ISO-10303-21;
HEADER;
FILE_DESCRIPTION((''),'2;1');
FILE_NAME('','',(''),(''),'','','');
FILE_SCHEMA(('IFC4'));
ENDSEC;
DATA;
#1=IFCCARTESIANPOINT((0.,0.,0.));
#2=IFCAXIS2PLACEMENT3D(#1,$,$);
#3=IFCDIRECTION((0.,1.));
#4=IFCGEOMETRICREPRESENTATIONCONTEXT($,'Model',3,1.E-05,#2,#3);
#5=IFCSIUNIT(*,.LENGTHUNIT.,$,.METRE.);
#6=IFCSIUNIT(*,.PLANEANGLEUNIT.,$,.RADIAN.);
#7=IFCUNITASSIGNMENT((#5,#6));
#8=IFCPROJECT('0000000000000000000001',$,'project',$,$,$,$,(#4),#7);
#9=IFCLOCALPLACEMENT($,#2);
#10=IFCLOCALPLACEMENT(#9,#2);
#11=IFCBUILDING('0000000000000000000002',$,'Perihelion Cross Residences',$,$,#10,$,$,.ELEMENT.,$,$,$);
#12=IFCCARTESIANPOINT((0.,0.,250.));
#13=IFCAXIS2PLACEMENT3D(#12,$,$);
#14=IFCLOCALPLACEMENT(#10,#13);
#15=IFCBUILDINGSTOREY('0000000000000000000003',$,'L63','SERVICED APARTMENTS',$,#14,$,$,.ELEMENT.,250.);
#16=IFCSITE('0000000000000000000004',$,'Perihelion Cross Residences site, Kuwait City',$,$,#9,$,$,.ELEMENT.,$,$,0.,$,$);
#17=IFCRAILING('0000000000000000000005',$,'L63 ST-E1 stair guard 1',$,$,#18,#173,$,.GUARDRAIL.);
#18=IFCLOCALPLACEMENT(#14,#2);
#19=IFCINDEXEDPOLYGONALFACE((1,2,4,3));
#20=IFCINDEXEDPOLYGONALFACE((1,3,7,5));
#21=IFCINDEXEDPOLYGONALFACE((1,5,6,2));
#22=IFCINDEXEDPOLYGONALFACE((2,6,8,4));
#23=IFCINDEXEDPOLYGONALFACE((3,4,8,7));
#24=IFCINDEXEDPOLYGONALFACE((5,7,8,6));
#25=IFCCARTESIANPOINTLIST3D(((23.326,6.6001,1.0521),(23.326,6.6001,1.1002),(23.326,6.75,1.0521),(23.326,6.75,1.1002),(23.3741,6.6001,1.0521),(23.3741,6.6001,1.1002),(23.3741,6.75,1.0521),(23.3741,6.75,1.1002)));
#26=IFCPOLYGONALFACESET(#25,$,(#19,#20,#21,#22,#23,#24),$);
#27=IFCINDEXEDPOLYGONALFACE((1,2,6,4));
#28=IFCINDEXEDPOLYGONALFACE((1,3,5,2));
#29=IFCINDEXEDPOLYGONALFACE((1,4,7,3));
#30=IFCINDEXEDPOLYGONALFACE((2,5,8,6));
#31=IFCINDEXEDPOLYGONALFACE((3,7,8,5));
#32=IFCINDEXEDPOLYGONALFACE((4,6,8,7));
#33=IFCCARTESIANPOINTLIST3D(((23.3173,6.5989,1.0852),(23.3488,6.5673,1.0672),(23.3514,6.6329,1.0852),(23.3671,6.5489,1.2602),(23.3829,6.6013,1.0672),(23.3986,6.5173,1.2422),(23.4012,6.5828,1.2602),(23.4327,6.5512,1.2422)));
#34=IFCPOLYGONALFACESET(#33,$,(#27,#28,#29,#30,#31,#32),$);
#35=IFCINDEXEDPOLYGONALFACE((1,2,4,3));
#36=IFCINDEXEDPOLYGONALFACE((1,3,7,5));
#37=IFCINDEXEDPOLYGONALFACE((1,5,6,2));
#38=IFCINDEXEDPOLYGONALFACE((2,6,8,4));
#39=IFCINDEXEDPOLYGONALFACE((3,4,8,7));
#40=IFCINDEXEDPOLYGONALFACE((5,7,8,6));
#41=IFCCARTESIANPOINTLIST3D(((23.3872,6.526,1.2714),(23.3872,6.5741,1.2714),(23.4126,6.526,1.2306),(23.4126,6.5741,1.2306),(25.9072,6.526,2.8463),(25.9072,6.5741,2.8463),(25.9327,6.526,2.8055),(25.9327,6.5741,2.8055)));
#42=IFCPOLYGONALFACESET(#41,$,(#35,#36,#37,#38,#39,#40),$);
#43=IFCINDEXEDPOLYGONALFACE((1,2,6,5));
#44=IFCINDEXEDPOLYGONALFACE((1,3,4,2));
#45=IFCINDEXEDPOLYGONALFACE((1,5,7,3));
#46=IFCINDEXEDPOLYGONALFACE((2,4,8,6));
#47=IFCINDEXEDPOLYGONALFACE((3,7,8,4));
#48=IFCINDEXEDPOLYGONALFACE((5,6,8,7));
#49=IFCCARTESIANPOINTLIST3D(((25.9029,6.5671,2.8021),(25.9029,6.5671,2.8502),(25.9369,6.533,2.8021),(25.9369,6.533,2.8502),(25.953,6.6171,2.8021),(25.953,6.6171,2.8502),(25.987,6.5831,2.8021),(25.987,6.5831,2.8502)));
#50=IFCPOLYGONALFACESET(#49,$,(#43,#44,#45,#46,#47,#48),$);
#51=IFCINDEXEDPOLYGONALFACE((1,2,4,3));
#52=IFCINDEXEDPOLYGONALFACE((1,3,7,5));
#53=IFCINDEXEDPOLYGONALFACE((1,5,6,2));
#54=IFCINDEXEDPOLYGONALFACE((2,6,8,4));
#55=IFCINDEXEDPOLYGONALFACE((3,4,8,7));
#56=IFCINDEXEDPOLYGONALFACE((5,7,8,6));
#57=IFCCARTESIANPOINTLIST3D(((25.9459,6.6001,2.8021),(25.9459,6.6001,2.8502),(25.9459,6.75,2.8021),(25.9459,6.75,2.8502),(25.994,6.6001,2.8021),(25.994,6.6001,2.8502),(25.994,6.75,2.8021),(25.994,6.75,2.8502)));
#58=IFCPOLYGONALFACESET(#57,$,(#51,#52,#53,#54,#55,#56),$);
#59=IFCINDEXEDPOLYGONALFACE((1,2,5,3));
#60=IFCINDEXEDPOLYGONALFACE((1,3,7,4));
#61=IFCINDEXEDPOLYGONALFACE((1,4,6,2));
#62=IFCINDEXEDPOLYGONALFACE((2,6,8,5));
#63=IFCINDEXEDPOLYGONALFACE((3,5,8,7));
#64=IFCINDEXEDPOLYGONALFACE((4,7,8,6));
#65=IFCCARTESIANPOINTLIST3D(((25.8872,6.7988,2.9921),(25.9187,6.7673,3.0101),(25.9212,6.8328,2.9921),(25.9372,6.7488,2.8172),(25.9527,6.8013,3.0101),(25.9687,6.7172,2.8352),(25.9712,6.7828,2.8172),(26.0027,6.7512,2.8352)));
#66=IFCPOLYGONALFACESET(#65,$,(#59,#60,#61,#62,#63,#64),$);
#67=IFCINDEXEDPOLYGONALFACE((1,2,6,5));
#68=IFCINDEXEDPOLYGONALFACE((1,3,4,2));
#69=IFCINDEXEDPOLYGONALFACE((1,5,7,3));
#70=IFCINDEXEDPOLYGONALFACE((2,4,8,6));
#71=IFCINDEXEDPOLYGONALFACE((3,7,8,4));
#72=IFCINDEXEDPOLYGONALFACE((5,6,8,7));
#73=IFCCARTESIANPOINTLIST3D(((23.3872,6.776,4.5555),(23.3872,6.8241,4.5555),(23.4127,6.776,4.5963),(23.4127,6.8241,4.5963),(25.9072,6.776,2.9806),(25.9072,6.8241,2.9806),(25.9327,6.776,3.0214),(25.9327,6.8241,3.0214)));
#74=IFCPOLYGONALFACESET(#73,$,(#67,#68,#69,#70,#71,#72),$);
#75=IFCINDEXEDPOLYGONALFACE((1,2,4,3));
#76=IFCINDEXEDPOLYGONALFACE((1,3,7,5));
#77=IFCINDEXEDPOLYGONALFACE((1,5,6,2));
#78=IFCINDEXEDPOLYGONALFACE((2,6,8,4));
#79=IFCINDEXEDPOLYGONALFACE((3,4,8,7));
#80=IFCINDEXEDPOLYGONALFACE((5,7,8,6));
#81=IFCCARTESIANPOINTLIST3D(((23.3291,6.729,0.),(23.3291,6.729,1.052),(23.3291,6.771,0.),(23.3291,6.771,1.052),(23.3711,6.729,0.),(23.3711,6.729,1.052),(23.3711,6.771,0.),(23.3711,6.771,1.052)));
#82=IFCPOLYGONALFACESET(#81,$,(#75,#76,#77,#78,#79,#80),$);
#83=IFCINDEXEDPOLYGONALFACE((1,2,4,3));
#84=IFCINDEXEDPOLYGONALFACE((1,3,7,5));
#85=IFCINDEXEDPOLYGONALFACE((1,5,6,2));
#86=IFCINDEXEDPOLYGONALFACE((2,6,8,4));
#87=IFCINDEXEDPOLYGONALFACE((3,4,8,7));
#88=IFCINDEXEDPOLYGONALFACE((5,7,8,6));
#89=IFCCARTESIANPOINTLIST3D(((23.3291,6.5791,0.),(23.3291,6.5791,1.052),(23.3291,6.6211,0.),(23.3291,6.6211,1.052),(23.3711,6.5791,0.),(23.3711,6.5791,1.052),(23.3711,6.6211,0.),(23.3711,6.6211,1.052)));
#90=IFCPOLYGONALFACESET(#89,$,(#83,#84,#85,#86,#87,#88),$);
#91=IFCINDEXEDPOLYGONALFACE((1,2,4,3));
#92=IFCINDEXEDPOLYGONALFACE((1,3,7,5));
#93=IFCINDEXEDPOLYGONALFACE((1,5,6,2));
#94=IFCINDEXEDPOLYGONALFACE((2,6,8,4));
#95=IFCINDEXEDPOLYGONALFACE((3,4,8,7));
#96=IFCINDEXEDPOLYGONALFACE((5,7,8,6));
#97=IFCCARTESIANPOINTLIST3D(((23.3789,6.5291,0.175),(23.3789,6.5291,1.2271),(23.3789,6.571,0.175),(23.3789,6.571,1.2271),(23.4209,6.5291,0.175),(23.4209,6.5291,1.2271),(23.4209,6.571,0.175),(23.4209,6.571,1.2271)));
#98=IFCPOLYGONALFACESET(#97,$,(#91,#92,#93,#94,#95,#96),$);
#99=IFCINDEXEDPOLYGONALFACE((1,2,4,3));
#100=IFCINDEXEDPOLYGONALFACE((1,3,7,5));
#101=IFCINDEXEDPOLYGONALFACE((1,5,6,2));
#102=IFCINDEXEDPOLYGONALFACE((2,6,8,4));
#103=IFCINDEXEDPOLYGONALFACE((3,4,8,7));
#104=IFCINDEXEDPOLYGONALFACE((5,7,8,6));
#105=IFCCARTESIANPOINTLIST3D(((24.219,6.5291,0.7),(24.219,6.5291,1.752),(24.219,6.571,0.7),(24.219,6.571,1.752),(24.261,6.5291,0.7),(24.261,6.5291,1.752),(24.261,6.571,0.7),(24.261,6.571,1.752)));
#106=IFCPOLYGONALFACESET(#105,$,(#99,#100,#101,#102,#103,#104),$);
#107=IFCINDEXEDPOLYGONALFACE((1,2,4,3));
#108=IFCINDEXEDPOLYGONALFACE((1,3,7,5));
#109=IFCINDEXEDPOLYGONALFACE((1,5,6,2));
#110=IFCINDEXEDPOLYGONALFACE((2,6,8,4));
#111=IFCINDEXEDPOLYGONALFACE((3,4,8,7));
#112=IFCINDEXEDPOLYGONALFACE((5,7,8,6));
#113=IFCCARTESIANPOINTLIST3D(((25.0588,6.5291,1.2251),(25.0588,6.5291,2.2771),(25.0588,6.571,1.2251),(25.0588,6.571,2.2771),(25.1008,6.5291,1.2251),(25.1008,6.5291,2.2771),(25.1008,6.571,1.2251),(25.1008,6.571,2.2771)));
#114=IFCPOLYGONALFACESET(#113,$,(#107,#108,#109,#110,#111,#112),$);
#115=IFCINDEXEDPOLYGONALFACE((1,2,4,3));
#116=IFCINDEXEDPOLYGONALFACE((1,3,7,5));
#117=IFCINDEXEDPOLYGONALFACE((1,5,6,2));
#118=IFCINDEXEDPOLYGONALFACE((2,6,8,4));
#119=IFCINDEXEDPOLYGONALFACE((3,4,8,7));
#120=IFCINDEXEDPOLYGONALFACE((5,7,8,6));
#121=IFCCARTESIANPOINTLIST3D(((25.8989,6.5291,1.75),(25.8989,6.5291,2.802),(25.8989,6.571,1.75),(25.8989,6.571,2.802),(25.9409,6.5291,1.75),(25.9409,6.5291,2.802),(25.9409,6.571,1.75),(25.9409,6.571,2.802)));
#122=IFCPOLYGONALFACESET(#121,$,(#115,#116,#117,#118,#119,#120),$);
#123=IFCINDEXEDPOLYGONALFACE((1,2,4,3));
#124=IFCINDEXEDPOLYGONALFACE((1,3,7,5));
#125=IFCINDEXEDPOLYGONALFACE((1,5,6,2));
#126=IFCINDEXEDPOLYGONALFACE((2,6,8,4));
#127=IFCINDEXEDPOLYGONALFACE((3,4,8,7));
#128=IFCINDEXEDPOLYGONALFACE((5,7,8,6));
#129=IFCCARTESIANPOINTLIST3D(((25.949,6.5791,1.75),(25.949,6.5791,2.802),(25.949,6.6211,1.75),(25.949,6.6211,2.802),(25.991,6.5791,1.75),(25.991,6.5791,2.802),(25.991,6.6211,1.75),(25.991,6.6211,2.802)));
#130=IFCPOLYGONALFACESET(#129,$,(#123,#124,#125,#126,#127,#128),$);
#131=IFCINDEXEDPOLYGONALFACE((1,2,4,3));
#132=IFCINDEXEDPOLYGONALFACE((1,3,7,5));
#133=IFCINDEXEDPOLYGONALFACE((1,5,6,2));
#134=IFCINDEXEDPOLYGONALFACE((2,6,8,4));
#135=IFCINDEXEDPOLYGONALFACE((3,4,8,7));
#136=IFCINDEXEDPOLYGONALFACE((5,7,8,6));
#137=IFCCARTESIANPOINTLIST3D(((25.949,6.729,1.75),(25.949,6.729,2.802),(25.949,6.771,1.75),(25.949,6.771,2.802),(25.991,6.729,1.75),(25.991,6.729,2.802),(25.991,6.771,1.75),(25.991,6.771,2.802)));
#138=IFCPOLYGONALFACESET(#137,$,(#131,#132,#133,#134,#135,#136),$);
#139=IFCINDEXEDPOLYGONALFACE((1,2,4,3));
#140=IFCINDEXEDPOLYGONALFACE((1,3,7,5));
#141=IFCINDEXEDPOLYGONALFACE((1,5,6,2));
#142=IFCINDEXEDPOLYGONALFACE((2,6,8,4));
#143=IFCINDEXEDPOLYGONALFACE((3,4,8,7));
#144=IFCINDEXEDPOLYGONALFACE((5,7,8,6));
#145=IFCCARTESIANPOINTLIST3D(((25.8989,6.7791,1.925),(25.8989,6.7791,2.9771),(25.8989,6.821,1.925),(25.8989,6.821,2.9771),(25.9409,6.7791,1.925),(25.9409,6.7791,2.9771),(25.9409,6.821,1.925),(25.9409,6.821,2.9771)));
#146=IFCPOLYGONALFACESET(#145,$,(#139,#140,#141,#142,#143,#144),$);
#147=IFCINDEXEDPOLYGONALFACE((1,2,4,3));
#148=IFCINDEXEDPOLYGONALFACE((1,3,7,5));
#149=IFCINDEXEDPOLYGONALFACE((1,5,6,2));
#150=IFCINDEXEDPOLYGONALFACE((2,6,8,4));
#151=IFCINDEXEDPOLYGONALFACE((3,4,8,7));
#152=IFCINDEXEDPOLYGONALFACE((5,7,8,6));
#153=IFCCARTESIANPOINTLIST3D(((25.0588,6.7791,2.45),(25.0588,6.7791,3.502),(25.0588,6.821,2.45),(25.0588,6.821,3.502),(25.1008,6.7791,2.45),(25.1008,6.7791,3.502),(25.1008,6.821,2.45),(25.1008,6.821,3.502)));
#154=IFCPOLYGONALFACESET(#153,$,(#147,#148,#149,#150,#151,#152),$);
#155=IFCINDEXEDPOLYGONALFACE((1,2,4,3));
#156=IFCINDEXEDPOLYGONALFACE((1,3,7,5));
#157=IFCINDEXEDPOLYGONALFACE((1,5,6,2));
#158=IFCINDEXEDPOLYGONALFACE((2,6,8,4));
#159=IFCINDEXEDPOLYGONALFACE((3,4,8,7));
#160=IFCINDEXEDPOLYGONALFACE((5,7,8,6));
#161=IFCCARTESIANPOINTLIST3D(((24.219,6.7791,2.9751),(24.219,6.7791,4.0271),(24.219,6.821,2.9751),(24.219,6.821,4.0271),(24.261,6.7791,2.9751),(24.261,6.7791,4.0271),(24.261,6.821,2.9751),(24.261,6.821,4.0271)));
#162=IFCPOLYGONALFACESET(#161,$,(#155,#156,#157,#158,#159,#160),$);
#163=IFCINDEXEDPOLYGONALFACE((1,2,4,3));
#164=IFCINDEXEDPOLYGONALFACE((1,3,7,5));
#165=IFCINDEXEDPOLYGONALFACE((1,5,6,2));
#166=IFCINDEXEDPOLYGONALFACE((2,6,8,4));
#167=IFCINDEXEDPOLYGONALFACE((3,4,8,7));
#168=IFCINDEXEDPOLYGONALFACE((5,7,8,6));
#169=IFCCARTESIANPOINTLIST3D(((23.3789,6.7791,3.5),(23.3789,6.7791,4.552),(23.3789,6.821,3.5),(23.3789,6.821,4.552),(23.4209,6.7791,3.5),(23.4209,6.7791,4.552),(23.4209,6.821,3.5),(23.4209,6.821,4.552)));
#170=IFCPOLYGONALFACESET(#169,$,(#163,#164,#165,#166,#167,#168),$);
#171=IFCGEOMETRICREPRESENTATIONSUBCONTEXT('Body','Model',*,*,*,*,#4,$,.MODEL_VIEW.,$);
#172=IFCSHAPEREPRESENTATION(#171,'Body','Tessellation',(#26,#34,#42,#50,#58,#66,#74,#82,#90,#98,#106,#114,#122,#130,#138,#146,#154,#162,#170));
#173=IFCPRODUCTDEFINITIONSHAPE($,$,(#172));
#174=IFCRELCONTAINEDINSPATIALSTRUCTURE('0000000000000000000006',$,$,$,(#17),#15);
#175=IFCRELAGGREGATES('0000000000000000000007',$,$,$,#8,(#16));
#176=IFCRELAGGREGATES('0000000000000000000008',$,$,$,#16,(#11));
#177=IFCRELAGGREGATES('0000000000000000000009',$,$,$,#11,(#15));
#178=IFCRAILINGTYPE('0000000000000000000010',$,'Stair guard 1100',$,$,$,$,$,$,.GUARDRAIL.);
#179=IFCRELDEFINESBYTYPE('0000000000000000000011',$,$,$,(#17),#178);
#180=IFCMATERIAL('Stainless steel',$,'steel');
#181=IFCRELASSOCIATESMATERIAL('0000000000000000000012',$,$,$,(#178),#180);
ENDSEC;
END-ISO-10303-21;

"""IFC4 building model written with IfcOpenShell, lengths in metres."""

from ifc_helpers import new_model, si_unit, direction, frame, origin, origin_2d, place, context, subcontext, project, spatial, rectangle, extrude, material, type_object, element, save


model = new_model("IFC4")

# Units and contexts
model_context = context("Model", 3, precision=1e-05, world=origin(), true_north=direction((0.0, 1.0)))
body_context = subcontext(model_context, "Body", "Model", "MODEL_VIEW")
ifc_project = project(units=[si_unit("LENGTHUNIT", "METRE"), si_unit("PLANEANGLEUNIT", "RADIAN")], contexts=[model_context])

# Site, building, storey
site_placement = place(None, origin())
site = spatial("IfcSite", under=ifc_project, at=site_placement, Name="Perihelion Cross Residences site, Kuwait City", CompositionType="ELEMENT", RefElevation=0.0)
building_placement = place(site_placement, origin())
building = spatial("IfcBuilding", under=site, at=building_placement, Name="Perihelion Cross Residences", CompositionType="ELEMENT")
storey_placement = place(building_placement, frame((0.0, 0.0, 250.0)))
storey = spatial("IfcBuildingStorey", under=building, at=storey_placement, Name="L63", Description="SERVICED APARTMENTS", CompositionType="ELEMENT", Elevation=250.0)

# Railing
ifc_material_1 = material(Name="Stainless steel", Category="steel")
railing_type_1 = type_object("IfcRailingType", Name="Stair guard 1100", PredefinedType="GUARDRAIL", material=ifc_material_1)
railing_1_placement = place(storey_placement, frame((23.3501, 6.75, 0.0)))
element("IfcRailing", 1, at=railing_1_placement, inside=storey, type_object=railing_type_1, Name="L63 ST-E1 stair guard 1", PredefinedType="GUARDRAIL", context=body_context, shape_type="SweptSolid", body=[
    extrude(rectangle(XDim=0.0481, YDim=0.0481, at=origin_2d()), frame((0.0, 0.0, 1.0762), z_axis=(0.0, -1.0, 0.0), x_axis=(1.0, 0.0, 0.0)), (0.0, 0.0, 1.0), 0.1499),
    extrude(rectangle(XDim=0.0481, YDim=0.0481, at=origin_2d()), frame((0.0, -0.1499, 1.0762), z_axis=(0.263862, -0.265156, 0.927399), x_axis=(0.708834, 0.705376, 0.0)), (0.0, 0.0, 1.0), 0.1887),
    extrude(rectangle(XDim=0.0481, YDim=0.0481, at=origin_2d()), frame((0.0498, -0.2, 1.251), z_axis=(0.848008, 0.0, 0.529984), x_axis=(0.0, 1.0, 0.0)), (0.0, 0.0, 1.0), 2.9717),
    extrude(rectangle(XDim=0.0481, YDim=0.0481, at=origin_2d()), frame((2.5698, -0.2, 2.8262), z_axis=(0.707107, 0.707107, 0.0), x_axis=(-0.707107, 0.707107, 0.0)), (0.0, 0.0, 1.0), 0.0708),
    extrude(rectangle(XDim=0.0481, YDim=0.0481, at=origin_2d()), frame((2.6199, -0.1499, 2.8262), z_axis=(0.0, 1.0, 0.0), x_axis=(-1.0, 0.0, 0.0)), (0.0, 0.0, 1.0), 0.1499),
    extrude(rectangle(XDim=0.0481, YDim=0.0481, at=origin_2d()), frame((2.6199, 0.0, 2.8262), z_axis=(-0.265065, 0.265065, 0.927082), x_axis=(-0.707107, -0.707107, 0.0)), (0.0, 0.0, 1.0), 0.1887),
    extrude(rectangle(XDim=0.0481, YDim=0.0481, at=origin_2d()), frame((2.5698, 0.05, 3.001), z_axis=(-0.848008, 0.0, 0.529984), x_axis=(0.0, -1.0, 0.0)), (0.0, 0.0, 1.0), 2.9717),
    extrude(rectangle(XDim=0.042, YDim=0.042, at=origin_2d()), origin(), (0.0, 0.0, 1.0), 1.052),
    extrude(rectangle(XDim=0.042, YDim=0.042, at=origin_2d()), frame((0.0, -0.1499, 0.0)), (0.0, 0.0, 1.0), 1.052),
    extrude(rectangle(XDim=0.042, YDim=0.042, at=origin_2d()), frame((0.0498, -0.2, 0.175)), (0.0, 0.0, 1.0), 1.052),
    extrude(rectangle(XDim=0.042, YDim=0.042, at=origin_2d()), frame((0.8899, -0.2, 0.7)), (0.0, 0.0, 1.0), 1.052),
    extrude(rectangle(XDim=0.042, YDim=0.042, at=origin_2d()), frame((1.7297, -0.2, 1.2251)), (0.0, 0.0, 1.0), 1.052),
    extrude(rectangle(XDim=0.042, YDim=0.042, at=origin_2d()), frame((2.5698, -0.2, 1.75)), (0.0, 0.0, 1.0), 1.052),
    extrude(rectangle(XDim=0.042, YDim=0.042, at=origin_2d()), frame((2.6199, -0.1499, 1.75)), (0.0, 0.0, 1.0), 1.052),
    extrude(rectangle(XDim=0.042, YDim=0.042, at=origin_2d()), frame((2.6199, 0.0, 1.75)), (0.0, 0.0, 1.0), 1.052),
    extrude(rectangle(XDim=0.042, YDim=0.042, at=origin_2d()), frame((2.5698, 0.05, 1.925)), (0.0, 0.0, 1.0), 1.052),
    extrude(rectangle(XDim=0.042, YDim=0.042, at=origin_2d()), frame((1.7297, 0.05, 2.45)), (0.0, 0.0, 1.0), 1.052),
    extrude(rectangle(XDim=0.042, YDim=0.042, at=origin_2d()), frame((0.8899, 0.05, 2.9751)), (0.0, 0.0, 1.0), 1.052),
    extrude(rectangle(XDim=0.042, YDim=0.042, at=origin_2d()), frame((0.0498, 0.05, 3.5)), (0.0, 0.0, 1.0), 1.052),
])

save(model, "model.ifc")
